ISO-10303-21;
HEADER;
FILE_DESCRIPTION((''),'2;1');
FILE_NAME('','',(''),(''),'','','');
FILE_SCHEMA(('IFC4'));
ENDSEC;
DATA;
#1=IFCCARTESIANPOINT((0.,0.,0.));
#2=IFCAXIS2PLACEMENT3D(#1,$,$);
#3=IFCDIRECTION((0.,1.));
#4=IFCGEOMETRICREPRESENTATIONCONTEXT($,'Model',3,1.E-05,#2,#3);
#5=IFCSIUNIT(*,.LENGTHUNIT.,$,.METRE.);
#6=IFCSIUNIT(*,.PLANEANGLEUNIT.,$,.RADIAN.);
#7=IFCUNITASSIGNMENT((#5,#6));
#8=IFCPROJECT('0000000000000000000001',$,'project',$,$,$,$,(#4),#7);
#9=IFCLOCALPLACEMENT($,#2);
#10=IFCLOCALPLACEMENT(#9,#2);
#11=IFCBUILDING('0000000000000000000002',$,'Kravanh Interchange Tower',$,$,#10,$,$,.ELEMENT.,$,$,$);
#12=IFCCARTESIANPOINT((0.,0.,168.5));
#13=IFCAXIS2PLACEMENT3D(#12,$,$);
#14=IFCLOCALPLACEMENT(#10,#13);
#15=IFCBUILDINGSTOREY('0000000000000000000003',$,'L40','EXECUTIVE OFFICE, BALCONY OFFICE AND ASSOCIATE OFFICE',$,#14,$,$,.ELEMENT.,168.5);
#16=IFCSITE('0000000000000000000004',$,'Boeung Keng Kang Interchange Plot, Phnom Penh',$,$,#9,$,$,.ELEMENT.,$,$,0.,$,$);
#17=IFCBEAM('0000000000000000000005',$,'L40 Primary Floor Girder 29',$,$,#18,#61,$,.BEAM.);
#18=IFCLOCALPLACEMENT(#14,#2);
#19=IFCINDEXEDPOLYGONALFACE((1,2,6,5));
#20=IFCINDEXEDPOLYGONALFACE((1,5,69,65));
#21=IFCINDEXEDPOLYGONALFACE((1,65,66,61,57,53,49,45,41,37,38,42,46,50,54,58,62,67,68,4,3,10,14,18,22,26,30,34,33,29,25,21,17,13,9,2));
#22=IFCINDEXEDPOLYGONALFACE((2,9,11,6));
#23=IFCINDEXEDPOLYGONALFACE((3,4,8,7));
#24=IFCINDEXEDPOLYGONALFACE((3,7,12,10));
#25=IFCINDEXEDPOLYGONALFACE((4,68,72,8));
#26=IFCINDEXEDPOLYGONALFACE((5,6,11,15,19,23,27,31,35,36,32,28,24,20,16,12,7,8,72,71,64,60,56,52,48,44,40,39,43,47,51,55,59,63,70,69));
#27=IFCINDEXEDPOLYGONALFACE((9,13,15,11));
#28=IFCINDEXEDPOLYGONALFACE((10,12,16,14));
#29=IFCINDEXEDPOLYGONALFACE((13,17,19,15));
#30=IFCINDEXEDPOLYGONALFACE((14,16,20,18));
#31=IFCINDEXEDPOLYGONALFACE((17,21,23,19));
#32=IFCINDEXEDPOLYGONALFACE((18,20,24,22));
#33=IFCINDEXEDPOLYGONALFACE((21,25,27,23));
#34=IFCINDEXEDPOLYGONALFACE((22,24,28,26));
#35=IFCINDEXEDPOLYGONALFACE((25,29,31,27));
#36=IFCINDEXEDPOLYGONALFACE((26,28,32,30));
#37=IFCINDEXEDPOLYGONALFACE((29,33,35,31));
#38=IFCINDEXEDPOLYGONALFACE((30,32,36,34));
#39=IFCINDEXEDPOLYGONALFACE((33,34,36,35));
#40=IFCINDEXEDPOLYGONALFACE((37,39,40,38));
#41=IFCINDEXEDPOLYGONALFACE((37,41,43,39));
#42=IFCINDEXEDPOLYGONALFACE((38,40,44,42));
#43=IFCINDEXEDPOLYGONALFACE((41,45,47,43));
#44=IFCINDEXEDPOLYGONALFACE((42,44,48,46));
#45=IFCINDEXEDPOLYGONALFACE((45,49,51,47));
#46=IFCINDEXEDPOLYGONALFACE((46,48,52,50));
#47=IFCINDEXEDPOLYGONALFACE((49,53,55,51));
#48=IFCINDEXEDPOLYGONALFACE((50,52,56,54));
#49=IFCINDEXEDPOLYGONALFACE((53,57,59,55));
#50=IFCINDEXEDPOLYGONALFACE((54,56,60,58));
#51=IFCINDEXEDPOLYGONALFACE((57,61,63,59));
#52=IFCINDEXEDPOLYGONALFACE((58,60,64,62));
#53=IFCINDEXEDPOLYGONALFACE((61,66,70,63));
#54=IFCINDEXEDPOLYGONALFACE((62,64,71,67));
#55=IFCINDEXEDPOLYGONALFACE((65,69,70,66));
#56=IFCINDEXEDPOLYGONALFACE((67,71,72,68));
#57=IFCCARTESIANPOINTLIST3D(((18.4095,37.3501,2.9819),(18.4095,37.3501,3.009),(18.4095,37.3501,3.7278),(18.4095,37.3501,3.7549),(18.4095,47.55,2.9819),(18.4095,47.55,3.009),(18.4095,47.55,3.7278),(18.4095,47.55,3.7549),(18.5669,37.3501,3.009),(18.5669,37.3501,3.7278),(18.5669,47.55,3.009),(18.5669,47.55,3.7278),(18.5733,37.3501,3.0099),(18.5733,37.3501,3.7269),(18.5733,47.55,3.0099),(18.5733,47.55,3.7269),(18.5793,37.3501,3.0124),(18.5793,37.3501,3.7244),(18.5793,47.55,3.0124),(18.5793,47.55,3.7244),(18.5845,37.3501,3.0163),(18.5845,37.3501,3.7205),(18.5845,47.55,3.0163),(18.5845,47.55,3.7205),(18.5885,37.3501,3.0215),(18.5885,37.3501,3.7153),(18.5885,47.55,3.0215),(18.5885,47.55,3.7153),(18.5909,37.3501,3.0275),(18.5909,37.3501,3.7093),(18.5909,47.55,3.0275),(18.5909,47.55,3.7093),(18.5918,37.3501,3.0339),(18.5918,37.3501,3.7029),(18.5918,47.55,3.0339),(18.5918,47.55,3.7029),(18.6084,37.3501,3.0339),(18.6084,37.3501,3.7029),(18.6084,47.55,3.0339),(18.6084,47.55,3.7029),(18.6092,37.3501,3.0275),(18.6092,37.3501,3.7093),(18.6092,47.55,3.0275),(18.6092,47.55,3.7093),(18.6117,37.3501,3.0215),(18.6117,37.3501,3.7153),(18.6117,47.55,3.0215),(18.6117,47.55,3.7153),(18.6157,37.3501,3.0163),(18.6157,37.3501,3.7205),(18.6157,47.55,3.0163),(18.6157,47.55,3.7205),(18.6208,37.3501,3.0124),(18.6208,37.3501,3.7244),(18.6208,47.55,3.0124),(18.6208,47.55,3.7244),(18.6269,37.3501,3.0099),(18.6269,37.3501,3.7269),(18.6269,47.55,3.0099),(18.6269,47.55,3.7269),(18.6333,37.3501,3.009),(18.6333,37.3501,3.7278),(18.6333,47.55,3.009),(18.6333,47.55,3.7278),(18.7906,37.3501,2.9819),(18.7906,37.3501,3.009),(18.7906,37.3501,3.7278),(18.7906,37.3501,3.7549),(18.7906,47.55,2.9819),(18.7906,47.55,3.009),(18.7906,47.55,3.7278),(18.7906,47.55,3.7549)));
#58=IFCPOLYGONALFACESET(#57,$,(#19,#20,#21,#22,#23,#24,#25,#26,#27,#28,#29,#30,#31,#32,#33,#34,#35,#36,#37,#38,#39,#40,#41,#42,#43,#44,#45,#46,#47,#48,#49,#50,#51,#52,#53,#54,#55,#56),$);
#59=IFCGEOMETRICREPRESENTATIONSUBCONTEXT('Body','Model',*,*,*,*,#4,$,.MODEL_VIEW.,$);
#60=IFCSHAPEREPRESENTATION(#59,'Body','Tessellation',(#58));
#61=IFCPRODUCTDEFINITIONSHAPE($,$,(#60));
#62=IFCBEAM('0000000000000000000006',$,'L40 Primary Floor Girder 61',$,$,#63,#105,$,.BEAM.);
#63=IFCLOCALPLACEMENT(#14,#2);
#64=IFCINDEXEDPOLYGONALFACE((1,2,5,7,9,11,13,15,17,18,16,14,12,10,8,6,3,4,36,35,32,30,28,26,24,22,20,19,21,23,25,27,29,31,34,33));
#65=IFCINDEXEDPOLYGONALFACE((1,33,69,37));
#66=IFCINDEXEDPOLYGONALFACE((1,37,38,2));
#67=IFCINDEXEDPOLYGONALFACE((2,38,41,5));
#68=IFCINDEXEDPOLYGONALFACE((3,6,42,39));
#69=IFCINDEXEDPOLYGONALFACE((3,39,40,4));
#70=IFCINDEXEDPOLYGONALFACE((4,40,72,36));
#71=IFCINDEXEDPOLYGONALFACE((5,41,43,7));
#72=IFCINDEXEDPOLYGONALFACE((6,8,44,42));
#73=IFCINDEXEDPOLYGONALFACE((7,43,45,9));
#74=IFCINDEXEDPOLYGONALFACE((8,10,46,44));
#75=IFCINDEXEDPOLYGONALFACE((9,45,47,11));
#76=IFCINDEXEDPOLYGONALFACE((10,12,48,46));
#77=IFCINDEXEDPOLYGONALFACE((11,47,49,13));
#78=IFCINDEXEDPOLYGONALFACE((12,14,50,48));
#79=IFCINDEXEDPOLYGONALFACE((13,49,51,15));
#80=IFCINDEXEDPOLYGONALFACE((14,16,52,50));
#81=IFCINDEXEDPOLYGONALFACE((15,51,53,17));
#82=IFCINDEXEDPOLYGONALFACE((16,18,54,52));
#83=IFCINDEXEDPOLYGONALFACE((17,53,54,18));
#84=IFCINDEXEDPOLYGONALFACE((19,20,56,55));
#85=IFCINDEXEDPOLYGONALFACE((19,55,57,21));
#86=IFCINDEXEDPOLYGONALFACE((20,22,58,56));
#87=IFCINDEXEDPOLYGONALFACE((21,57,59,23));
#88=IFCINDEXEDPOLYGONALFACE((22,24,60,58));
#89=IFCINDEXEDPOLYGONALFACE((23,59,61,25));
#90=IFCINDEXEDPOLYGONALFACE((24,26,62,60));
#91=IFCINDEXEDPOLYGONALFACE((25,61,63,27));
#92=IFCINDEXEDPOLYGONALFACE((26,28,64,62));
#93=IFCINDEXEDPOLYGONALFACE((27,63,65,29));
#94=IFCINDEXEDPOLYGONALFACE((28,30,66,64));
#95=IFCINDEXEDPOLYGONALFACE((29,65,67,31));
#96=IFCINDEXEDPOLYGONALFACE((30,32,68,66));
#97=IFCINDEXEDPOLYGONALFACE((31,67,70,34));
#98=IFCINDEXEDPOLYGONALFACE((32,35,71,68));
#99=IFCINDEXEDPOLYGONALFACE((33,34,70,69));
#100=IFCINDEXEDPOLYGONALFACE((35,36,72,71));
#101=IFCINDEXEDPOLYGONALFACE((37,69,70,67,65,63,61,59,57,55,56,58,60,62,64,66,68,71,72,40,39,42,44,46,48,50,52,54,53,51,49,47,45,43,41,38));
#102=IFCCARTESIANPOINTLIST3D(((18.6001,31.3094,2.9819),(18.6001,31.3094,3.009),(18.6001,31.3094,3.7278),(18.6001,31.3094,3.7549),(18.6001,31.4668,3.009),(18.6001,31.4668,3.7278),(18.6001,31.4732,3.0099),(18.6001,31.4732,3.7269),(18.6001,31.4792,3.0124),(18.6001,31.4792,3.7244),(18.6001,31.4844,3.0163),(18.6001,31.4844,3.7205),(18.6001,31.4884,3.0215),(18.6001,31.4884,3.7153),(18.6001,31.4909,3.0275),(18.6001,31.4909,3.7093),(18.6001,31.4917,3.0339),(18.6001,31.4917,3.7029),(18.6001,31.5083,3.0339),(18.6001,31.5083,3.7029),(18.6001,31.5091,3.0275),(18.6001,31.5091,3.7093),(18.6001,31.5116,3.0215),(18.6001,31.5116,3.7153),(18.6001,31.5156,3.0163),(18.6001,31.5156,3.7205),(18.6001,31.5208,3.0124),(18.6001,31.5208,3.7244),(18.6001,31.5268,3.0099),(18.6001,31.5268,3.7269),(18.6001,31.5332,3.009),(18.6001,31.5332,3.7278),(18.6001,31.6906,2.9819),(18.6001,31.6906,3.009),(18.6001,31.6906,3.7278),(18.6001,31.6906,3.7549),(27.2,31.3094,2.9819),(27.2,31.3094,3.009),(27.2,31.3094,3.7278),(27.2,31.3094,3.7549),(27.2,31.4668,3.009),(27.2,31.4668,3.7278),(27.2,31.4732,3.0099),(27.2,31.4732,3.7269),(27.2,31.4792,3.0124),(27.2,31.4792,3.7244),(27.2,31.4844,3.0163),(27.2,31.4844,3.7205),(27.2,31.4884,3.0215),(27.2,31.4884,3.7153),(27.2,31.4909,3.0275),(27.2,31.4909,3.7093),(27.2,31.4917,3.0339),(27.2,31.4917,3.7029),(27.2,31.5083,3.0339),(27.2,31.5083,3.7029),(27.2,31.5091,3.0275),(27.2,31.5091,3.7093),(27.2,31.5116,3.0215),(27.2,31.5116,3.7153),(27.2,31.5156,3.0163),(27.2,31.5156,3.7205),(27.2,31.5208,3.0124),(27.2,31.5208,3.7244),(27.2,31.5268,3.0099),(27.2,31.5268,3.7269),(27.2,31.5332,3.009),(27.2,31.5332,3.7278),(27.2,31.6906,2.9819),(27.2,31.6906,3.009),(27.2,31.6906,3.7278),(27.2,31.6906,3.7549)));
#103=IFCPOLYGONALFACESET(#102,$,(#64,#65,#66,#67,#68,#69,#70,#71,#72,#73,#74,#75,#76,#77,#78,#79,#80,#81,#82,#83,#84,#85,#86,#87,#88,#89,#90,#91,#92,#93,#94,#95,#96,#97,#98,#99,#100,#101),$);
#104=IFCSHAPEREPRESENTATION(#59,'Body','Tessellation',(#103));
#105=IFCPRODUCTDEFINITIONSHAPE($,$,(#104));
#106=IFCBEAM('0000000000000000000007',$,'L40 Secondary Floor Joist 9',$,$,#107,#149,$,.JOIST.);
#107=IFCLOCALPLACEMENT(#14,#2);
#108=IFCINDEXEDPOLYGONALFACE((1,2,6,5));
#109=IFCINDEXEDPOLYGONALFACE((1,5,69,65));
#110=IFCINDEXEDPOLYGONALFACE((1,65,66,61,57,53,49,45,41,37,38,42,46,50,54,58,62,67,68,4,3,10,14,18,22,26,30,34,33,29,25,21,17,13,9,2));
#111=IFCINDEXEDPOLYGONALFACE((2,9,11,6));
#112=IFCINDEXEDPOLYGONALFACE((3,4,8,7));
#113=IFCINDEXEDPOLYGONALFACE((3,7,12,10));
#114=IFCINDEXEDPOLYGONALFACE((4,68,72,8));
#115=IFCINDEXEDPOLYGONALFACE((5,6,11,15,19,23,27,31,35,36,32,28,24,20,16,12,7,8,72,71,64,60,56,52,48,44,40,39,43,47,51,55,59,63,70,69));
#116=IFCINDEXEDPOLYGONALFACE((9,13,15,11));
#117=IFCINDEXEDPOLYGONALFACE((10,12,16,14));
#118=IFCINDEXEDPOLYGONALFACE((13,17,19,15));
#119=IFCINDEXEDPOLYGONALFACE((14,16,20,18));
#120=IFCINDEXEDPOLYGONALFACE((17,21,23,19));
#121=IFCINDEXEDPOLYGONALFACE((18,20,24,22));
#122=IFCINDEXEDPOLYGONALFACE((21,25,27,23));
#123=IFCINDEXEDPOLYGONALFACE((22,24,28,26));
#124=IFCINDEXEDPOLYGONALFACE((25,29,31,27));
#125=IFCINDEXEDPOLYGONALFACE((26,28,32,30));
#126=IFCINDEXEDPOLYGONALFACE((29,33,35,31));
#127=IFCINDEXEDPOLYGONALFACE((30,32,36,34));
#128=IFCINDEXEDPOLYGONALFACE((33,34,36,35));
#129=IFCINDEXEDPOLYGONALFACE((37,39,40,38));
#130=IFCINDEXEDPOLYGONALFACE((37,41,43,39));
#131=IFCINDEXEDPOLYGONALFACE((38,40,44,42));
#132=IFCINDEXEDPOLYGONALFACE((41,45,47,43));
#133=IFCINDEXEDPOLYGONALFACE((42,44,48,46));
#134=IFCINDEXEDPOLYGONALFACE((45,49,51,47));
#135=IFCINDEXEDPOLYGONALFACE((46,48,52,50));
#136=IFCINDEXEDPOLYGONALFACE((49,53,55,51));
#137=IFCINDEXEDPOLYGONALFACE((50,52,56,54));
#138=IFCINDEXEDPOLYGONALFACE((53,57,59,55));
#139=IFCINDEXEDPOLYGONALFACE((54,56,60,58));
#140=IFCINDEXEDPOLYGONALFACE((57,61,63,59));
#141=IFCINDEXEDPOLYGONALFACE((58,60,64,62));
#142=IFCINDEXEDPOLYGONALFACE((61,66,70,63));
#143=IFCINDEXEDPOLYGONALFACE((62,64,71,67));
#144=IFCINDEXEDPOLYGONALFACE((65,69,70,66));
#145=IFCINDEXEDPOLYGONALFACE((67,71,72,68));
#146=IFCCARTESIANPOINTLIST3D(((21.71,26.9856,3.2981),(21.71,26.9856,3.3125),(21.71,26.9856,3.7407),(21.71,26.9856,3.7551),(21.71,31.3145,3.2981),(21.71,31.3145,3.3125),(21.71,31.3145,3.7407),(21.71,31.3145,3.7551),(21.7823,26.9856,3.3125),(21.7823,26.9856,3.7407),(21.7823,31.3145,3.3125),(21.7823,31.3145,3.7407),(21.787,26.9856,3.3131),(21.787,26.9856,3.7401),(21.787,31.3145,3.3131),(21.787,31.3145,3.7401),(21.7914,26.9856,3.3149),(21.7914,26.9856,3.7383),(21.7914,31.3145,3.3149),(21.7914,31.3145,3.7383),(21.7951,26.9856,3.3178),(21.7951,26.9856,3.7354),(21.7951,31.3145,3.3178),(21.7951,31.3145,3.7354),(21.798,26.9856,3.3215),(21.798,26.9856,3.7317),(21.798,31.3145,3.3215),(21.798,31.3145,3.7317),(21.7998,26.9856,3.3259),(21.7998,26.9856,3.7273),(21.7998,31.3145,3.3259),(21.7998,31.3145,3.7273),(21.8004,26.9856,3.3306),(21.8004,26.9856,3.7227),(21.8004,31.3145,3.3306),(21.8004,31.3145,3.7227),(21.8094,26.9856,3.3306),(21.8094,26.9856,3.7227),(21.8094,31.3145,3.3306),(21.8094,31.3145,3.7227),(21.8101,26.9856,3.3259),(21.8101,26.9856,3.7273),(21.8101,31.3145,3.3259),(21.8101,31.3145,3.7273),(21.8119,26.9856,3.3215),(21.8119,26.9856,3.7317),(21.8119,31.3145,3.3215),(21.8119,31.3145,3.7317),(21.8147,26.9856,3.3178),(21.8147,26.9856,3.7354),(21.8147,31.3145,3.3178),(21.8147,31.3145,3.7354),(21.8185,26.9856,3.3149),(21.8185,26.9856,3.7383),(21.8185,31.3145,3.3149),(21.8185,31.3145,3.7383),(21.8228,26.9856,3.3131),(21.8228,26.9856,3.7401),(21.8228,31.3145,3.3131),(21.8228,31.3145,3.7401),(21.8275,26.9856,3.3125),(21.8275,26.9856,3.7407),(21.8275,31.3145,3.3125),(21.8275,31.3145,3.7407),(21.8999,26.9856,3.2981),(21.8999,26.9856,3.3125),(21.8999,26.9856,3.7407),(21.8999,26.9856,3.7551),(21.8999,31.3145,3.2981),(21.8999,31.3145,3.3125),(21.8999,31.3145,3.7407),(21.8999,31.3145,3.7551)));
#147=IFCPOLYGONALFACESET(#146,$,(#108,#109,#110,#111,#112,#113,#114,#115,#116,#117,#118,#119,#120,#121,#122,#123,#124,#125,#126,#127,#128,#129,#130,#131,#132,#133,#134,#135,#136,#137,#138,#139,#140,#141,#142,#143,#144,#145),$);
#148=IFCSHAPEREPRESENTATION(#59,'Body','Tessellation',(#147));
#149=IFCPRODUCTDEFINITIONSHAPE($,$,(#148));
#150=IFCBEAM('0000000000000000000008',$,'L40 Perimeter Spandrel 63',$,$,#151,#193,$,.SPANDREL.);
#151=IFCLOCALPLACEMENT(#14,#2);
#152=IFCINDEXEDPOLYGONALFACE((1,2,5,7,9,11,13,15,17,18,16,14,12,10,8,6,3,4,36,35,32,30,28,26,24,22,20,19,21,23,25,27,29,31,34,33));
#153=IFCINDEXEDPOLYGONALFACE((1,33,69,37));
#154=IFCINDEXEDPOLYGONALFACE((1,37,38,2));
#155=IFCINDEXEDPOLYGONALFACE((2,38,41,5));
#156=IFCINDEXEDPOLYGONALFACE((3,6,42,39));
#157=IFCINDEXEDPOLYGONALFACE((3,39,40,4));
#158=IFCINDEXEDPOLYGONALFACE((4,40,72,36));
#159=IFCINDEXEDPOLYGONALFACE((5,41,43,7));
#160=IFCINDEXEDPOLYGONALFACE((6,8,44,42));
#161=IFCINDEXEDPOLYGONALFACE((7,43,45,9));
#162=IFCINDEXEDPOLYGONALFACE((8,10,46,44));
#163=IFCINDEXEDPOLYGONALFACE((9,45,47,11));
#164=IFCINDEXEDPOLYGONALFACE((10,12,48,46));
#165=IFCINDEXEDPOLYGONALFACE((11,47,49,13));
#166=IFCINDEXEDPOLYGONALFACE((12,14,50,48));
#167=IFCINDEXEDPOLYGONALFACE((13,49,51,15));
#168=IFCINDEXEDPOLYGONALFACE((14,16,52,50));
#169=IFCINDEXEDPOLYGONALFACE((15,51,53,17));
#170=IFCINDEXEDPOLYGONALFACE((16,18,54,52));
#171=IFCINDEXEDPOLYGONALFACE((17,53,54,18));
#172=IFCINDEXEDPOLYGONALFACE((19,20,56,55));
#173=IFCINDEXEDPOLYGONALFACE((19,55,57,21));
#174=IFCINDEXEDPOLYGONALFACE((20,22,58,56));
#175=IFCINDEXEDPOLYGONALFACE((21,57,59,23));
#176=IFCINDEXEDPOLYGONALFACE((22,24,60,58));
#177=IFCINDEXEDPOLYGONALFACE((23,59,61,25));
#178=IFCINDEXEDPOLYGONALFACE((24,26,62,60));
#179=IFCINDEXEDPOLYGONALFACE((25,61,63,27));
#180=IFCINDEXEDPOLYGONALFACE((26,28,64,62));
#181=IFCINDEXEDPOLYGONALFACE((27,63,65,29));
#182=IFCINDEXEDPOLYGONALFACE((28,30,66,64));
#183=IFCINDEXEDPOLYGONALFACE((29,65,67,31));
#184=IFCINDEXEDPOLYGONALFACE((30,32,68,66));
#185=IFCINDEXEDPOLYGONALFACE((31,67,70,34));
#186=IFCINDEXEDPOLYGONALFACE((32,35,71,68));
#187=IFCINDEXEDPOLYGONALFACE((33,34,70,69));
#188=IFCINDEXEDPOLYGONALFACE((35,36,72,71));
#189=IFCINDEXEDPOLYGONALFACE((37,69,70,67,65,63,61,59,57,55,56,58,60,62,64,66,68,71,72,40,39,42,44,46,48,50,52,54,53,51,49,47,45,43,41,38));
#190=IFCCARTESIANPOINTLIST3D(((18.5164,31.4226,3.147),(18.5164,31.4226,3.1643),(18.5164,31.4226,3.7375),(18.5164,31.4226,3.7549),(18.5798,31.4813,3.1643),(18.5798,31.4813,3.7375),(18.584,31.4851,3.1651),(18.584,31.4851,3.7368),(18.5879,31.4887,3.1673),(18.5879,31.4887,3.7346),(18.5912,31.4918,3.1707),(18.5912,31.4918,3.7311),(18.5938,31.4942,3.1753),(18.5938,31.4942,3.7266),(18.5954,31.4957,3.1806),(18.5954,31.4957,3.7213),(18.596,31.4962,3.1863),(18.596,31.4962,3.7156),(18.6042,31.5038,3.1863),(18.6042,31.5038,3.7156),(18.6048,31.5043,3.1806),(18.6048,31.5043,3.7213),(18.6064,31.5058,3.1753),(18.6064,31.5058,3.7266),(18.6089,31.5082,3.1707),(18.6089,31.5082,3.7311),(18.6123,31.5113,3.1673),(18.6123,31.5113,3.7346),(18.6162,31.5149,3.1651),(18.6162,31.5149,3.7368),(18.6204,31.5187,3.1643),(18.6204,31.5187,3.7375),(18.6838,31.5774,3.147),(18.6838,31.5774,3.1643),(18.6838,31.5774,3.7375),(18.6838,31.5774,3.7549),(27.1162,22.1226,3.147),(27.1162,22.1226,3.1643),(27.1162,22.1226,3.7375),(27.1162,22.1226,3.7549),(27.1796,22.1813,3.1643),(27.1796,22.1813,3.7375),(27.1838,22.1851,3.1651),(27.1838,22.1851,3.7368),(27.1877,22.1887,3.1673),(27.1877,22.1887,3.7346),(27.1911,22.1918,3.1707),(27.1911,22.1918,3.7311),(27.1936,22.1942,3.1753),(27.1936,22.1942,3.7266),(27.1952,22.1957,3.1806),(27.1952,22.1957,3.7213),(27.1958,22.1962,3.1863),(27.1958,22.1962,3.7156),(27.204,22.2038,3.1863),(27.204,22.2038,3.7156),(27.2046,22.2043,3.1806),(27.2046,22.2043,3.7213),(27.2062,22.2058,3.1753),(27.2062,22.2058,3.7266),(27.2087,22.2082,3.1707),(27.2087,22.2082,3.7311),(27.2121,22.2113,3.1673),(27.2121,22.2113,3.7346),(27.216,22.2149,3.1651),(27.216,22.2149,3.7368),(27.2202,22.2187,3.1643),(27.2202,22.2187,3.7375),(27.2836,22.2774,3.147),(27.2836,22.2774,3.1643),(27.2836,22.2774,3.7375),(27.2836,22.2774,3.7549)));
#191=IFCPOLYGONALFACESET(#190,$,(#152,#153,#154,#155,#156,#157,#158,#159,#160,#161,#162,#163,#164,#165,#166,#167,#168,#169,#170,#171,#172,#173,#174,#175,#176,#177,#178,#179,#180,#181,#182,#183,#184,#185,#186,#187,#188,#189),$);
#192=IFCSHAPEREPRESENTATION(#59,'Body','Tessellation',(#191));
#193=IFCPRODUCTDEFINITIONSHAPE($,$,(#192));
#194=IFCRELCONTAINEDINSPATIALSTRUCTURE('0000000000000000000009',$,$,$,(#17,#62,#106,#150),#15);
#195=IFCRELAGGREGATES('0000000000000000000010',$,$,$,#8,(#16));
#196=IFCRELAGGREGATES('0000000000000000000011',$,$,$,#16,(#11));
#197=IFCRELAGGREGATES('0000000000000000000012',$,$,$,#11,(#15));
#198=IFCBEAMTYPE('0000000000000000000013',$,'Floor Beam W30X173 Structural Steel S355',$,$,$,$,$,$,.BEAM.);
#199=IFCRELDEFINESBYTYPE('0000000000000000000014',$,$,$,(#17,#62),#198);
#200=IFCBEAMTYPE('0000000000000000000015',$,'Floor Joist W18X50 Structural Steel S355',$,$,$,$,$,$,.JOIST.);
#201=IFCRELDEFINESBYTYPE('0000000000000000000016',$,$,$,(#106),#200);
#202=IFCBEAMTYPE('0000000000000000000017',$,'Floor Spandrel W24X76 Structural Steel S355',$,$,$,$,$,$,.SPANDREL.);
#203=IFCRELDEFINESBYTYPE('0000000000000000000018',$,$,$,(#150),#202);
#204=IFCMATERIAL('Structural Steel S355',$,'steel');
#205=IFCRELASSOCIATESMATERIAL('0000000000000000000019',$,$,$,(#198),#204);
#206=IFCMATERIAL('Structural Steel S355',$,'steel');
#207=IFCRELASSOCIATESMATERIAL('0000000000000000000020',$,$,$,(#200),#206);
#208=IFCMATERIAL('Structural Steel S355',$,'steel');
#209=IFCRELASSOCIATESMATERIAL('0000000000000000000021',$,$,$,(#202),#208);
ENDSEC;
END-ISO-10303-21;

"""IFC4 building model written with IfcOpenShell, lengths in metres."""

from ifc_helpers import new_model, si_unit, direction, frame, origin, origin_2d, place, context, subcontext, project, spatial, i_section, extrude, material, material_profile, profile_set, type_object, element, save


model = new_model("IFC4")

# Units and contexts
model_context = context("Model", 3, precision=1e-05, world=origin(), true_north=direction((0.0, 1.0)))
body_context = subcontext(model_context, "Body", "Model", "MODEL_VIEW")
ifc_project = project(units=[si_unit("LENGTHUNIT", "METRE"), si_unit("PLANEANGLEUNIT", "RADIAN")], contexts=[model_context])

# Site, building, storey
site_placement = place(None, origin())
site = spatial("IfcSite", under=ifc_project, at=site_placement, Name="Boeung Keng Kang Interchange Plot, Phnom Penh", CompositionType="ELEMENT", RefElevation=0.0)
building_placement = place(site_placement, origin())
building = spatial("IfcBuilding", under=site, at=building_placement, Name="Kravanh Interchange Tower", CompositionType="ELEMENT")
storey_placement = place(building_placement, frame((0.0, 0.0, 168.5)))
storey = spatial("IfcBuildingStorey", under=building, at=storey_placement, Name="L40", Description="EXECUTIVE OFFICE, BALCONY OFFICE AND ASSOCIATE OFFICE", CompositionType="ELEMENT", Elevation=168.5)

# Beams
ifc_material_1 = material(Name="Structural Steel S355", Category="steel")
ifc_material_profile_1 = material_profile(ifc_material_1, i_section(OverallWidth=0.3811, OverallDepth=0.7729, WebThickness=0.0166, FlangeThickness=0.0271, FilletRadius=0.0249, at=origin_2d()), Name="W30X173")
ifc_profile_set_1 = profile_set([ifc_material_profile_1], Name="Structural Steel S355")
beam_type_1 = type_object("IfcBeamType", Name="Floor Beam W30X173 Structural Steel S355", PredefinedType="BEAM", material=ifc_profile_set_1)
beam_1_placement = place(storey_placement, frame((18.6001, 37.3501, 3.3684), z_axis=(0.0, 1.0, 0.0), x_axis=(-1.0, 0.0, 0.0)))
element("IfcBeam", 1, at=beam_1_placement, inside=storey, type_object=beam_type_1, Name="L40 Primary Floor Girder 29", PredefinedType="BEAM", context=body_context, shape_type="SweptSolid", body=[
    extrude(i_section(OverallWidth=0.3811, OverallDepth=0.7729, WebThickness=0.0166, FlangeThickness=0.0271, FilletRadius=0.0249, at=origin_2d()), origin(), (0.0, 0.0, 1.0), 10.2),
])
beam_2_placement = place(storey_placement, frame((18.6001, 31.5, 3.3684), z_axis=(1.0, 0.0, 0.0), x_axis=(0.0, 1.0, 0.0)))
element("IfcBeam", 2, at=beam_2_placement, inside=storey, type_object=beam_type_1, Name="L40 Primary Floor Girder 61", PredefinedType="BEAM", context=body_context, shape_type="SweptSolid", body=[
    extrude(i_section(OverallWidth=0.3811, OverallDepth=0.7729, WebThickness=0.0166, FlangeThickness=0.0271, FilletRadius=0.0249, at=origin_2d()), origin(), (0.0, 0.0, 1.0), 8.5999),
])
ifc_material_2 = material(Name="Structural Steel S355", Category="steel")
ifc_material_profile_2 = material_profile(ifc_material_2, i_section(OverallWidth=0.1899, OverallDepth=0.457, WebThickness=0.009, FlangeThickness=0.0144, FilletRadius=0.0181, at=origin_2d()), Name="W18X50")
ifc_profile_set_2 = profile_set([ifc_material_profile_2], Name="Structural Steel S355")
beam_type_2 = type_object("IfcBeamType", Name="Floor Joist W18X50 Structural Steel S355", PredefinedType="JOIST", material=ifc_profile_set_2)
beam_3_placement = place(storey_placement, frame((21.8049, 26.9856, 3.5266), z_axis=(0.0, 1.0, 0.0), x_axis=(-1.0, 0.0, 0.0)))
element("IfcBeam", 3, at=beam_3_placement, inside=storey, type_object=beam_type_2, Name="L40 Secondary Floor Joist 9", PredefinedType="JOIST", context=body_context, shape_type="SweptSolid", body=[
    extrude(i_section(OverallWidth=0.1899, OverallDepth=0.457, WebThickness=0.009, FlangeThickness=0.0144, FilletRadius=0.0181, at=origin_2d()), origin(), (0.0, 0.0, 1.0), 4.3289),
])
ifc_material_3 = material(Name="Structural Steel S355", Category="steel")
ifc_material_profile_3 = material_profile(ifc_material_3, i_section(OverallWidth=0.228, OverallDepth=0.6079, WebThickness=0.0112, FlangeThickness=0.0173, FilletRadius=0.022, at=origin_2d()), Name="W24X76")
ifc_profile_set_3 = profile_set([ifc_material_profile_3], Name="Structural Steel S355")
beam_type_3 = type_object("IfcBeamType", Name="Floor Spandrel W24X76 Structural Steel S355", PredefinedType="SPANDREL", material=ifc_profile_set_3)
beam_4_placement = place(storey_placement, frame((18.6001, 31.5, 3.4509), z_axis=(0.678927, -0.734205, 0.0), x_axis=(0.734205, 0.678927, 0.0)))
element("IfcBeam", 4, at=beam_4_placement, inside=storey, type_object=beam_type_3, Name="L40 Perimeter Spandrel 63", PredefinedType="SPANDREL", context=body_context, shape_type="SweptSolid", body=[
    extrude(i_section(OverallWidth=0.228, OverallDepth=0.6079, WebThickness=0.0112, FlangeThickness=0.0173, FilletRadius=0.022, at=origin_2d()), origin(), (0.0, 0.0, 1.0), 12.6667),
])

save(model, "model.ifc")
